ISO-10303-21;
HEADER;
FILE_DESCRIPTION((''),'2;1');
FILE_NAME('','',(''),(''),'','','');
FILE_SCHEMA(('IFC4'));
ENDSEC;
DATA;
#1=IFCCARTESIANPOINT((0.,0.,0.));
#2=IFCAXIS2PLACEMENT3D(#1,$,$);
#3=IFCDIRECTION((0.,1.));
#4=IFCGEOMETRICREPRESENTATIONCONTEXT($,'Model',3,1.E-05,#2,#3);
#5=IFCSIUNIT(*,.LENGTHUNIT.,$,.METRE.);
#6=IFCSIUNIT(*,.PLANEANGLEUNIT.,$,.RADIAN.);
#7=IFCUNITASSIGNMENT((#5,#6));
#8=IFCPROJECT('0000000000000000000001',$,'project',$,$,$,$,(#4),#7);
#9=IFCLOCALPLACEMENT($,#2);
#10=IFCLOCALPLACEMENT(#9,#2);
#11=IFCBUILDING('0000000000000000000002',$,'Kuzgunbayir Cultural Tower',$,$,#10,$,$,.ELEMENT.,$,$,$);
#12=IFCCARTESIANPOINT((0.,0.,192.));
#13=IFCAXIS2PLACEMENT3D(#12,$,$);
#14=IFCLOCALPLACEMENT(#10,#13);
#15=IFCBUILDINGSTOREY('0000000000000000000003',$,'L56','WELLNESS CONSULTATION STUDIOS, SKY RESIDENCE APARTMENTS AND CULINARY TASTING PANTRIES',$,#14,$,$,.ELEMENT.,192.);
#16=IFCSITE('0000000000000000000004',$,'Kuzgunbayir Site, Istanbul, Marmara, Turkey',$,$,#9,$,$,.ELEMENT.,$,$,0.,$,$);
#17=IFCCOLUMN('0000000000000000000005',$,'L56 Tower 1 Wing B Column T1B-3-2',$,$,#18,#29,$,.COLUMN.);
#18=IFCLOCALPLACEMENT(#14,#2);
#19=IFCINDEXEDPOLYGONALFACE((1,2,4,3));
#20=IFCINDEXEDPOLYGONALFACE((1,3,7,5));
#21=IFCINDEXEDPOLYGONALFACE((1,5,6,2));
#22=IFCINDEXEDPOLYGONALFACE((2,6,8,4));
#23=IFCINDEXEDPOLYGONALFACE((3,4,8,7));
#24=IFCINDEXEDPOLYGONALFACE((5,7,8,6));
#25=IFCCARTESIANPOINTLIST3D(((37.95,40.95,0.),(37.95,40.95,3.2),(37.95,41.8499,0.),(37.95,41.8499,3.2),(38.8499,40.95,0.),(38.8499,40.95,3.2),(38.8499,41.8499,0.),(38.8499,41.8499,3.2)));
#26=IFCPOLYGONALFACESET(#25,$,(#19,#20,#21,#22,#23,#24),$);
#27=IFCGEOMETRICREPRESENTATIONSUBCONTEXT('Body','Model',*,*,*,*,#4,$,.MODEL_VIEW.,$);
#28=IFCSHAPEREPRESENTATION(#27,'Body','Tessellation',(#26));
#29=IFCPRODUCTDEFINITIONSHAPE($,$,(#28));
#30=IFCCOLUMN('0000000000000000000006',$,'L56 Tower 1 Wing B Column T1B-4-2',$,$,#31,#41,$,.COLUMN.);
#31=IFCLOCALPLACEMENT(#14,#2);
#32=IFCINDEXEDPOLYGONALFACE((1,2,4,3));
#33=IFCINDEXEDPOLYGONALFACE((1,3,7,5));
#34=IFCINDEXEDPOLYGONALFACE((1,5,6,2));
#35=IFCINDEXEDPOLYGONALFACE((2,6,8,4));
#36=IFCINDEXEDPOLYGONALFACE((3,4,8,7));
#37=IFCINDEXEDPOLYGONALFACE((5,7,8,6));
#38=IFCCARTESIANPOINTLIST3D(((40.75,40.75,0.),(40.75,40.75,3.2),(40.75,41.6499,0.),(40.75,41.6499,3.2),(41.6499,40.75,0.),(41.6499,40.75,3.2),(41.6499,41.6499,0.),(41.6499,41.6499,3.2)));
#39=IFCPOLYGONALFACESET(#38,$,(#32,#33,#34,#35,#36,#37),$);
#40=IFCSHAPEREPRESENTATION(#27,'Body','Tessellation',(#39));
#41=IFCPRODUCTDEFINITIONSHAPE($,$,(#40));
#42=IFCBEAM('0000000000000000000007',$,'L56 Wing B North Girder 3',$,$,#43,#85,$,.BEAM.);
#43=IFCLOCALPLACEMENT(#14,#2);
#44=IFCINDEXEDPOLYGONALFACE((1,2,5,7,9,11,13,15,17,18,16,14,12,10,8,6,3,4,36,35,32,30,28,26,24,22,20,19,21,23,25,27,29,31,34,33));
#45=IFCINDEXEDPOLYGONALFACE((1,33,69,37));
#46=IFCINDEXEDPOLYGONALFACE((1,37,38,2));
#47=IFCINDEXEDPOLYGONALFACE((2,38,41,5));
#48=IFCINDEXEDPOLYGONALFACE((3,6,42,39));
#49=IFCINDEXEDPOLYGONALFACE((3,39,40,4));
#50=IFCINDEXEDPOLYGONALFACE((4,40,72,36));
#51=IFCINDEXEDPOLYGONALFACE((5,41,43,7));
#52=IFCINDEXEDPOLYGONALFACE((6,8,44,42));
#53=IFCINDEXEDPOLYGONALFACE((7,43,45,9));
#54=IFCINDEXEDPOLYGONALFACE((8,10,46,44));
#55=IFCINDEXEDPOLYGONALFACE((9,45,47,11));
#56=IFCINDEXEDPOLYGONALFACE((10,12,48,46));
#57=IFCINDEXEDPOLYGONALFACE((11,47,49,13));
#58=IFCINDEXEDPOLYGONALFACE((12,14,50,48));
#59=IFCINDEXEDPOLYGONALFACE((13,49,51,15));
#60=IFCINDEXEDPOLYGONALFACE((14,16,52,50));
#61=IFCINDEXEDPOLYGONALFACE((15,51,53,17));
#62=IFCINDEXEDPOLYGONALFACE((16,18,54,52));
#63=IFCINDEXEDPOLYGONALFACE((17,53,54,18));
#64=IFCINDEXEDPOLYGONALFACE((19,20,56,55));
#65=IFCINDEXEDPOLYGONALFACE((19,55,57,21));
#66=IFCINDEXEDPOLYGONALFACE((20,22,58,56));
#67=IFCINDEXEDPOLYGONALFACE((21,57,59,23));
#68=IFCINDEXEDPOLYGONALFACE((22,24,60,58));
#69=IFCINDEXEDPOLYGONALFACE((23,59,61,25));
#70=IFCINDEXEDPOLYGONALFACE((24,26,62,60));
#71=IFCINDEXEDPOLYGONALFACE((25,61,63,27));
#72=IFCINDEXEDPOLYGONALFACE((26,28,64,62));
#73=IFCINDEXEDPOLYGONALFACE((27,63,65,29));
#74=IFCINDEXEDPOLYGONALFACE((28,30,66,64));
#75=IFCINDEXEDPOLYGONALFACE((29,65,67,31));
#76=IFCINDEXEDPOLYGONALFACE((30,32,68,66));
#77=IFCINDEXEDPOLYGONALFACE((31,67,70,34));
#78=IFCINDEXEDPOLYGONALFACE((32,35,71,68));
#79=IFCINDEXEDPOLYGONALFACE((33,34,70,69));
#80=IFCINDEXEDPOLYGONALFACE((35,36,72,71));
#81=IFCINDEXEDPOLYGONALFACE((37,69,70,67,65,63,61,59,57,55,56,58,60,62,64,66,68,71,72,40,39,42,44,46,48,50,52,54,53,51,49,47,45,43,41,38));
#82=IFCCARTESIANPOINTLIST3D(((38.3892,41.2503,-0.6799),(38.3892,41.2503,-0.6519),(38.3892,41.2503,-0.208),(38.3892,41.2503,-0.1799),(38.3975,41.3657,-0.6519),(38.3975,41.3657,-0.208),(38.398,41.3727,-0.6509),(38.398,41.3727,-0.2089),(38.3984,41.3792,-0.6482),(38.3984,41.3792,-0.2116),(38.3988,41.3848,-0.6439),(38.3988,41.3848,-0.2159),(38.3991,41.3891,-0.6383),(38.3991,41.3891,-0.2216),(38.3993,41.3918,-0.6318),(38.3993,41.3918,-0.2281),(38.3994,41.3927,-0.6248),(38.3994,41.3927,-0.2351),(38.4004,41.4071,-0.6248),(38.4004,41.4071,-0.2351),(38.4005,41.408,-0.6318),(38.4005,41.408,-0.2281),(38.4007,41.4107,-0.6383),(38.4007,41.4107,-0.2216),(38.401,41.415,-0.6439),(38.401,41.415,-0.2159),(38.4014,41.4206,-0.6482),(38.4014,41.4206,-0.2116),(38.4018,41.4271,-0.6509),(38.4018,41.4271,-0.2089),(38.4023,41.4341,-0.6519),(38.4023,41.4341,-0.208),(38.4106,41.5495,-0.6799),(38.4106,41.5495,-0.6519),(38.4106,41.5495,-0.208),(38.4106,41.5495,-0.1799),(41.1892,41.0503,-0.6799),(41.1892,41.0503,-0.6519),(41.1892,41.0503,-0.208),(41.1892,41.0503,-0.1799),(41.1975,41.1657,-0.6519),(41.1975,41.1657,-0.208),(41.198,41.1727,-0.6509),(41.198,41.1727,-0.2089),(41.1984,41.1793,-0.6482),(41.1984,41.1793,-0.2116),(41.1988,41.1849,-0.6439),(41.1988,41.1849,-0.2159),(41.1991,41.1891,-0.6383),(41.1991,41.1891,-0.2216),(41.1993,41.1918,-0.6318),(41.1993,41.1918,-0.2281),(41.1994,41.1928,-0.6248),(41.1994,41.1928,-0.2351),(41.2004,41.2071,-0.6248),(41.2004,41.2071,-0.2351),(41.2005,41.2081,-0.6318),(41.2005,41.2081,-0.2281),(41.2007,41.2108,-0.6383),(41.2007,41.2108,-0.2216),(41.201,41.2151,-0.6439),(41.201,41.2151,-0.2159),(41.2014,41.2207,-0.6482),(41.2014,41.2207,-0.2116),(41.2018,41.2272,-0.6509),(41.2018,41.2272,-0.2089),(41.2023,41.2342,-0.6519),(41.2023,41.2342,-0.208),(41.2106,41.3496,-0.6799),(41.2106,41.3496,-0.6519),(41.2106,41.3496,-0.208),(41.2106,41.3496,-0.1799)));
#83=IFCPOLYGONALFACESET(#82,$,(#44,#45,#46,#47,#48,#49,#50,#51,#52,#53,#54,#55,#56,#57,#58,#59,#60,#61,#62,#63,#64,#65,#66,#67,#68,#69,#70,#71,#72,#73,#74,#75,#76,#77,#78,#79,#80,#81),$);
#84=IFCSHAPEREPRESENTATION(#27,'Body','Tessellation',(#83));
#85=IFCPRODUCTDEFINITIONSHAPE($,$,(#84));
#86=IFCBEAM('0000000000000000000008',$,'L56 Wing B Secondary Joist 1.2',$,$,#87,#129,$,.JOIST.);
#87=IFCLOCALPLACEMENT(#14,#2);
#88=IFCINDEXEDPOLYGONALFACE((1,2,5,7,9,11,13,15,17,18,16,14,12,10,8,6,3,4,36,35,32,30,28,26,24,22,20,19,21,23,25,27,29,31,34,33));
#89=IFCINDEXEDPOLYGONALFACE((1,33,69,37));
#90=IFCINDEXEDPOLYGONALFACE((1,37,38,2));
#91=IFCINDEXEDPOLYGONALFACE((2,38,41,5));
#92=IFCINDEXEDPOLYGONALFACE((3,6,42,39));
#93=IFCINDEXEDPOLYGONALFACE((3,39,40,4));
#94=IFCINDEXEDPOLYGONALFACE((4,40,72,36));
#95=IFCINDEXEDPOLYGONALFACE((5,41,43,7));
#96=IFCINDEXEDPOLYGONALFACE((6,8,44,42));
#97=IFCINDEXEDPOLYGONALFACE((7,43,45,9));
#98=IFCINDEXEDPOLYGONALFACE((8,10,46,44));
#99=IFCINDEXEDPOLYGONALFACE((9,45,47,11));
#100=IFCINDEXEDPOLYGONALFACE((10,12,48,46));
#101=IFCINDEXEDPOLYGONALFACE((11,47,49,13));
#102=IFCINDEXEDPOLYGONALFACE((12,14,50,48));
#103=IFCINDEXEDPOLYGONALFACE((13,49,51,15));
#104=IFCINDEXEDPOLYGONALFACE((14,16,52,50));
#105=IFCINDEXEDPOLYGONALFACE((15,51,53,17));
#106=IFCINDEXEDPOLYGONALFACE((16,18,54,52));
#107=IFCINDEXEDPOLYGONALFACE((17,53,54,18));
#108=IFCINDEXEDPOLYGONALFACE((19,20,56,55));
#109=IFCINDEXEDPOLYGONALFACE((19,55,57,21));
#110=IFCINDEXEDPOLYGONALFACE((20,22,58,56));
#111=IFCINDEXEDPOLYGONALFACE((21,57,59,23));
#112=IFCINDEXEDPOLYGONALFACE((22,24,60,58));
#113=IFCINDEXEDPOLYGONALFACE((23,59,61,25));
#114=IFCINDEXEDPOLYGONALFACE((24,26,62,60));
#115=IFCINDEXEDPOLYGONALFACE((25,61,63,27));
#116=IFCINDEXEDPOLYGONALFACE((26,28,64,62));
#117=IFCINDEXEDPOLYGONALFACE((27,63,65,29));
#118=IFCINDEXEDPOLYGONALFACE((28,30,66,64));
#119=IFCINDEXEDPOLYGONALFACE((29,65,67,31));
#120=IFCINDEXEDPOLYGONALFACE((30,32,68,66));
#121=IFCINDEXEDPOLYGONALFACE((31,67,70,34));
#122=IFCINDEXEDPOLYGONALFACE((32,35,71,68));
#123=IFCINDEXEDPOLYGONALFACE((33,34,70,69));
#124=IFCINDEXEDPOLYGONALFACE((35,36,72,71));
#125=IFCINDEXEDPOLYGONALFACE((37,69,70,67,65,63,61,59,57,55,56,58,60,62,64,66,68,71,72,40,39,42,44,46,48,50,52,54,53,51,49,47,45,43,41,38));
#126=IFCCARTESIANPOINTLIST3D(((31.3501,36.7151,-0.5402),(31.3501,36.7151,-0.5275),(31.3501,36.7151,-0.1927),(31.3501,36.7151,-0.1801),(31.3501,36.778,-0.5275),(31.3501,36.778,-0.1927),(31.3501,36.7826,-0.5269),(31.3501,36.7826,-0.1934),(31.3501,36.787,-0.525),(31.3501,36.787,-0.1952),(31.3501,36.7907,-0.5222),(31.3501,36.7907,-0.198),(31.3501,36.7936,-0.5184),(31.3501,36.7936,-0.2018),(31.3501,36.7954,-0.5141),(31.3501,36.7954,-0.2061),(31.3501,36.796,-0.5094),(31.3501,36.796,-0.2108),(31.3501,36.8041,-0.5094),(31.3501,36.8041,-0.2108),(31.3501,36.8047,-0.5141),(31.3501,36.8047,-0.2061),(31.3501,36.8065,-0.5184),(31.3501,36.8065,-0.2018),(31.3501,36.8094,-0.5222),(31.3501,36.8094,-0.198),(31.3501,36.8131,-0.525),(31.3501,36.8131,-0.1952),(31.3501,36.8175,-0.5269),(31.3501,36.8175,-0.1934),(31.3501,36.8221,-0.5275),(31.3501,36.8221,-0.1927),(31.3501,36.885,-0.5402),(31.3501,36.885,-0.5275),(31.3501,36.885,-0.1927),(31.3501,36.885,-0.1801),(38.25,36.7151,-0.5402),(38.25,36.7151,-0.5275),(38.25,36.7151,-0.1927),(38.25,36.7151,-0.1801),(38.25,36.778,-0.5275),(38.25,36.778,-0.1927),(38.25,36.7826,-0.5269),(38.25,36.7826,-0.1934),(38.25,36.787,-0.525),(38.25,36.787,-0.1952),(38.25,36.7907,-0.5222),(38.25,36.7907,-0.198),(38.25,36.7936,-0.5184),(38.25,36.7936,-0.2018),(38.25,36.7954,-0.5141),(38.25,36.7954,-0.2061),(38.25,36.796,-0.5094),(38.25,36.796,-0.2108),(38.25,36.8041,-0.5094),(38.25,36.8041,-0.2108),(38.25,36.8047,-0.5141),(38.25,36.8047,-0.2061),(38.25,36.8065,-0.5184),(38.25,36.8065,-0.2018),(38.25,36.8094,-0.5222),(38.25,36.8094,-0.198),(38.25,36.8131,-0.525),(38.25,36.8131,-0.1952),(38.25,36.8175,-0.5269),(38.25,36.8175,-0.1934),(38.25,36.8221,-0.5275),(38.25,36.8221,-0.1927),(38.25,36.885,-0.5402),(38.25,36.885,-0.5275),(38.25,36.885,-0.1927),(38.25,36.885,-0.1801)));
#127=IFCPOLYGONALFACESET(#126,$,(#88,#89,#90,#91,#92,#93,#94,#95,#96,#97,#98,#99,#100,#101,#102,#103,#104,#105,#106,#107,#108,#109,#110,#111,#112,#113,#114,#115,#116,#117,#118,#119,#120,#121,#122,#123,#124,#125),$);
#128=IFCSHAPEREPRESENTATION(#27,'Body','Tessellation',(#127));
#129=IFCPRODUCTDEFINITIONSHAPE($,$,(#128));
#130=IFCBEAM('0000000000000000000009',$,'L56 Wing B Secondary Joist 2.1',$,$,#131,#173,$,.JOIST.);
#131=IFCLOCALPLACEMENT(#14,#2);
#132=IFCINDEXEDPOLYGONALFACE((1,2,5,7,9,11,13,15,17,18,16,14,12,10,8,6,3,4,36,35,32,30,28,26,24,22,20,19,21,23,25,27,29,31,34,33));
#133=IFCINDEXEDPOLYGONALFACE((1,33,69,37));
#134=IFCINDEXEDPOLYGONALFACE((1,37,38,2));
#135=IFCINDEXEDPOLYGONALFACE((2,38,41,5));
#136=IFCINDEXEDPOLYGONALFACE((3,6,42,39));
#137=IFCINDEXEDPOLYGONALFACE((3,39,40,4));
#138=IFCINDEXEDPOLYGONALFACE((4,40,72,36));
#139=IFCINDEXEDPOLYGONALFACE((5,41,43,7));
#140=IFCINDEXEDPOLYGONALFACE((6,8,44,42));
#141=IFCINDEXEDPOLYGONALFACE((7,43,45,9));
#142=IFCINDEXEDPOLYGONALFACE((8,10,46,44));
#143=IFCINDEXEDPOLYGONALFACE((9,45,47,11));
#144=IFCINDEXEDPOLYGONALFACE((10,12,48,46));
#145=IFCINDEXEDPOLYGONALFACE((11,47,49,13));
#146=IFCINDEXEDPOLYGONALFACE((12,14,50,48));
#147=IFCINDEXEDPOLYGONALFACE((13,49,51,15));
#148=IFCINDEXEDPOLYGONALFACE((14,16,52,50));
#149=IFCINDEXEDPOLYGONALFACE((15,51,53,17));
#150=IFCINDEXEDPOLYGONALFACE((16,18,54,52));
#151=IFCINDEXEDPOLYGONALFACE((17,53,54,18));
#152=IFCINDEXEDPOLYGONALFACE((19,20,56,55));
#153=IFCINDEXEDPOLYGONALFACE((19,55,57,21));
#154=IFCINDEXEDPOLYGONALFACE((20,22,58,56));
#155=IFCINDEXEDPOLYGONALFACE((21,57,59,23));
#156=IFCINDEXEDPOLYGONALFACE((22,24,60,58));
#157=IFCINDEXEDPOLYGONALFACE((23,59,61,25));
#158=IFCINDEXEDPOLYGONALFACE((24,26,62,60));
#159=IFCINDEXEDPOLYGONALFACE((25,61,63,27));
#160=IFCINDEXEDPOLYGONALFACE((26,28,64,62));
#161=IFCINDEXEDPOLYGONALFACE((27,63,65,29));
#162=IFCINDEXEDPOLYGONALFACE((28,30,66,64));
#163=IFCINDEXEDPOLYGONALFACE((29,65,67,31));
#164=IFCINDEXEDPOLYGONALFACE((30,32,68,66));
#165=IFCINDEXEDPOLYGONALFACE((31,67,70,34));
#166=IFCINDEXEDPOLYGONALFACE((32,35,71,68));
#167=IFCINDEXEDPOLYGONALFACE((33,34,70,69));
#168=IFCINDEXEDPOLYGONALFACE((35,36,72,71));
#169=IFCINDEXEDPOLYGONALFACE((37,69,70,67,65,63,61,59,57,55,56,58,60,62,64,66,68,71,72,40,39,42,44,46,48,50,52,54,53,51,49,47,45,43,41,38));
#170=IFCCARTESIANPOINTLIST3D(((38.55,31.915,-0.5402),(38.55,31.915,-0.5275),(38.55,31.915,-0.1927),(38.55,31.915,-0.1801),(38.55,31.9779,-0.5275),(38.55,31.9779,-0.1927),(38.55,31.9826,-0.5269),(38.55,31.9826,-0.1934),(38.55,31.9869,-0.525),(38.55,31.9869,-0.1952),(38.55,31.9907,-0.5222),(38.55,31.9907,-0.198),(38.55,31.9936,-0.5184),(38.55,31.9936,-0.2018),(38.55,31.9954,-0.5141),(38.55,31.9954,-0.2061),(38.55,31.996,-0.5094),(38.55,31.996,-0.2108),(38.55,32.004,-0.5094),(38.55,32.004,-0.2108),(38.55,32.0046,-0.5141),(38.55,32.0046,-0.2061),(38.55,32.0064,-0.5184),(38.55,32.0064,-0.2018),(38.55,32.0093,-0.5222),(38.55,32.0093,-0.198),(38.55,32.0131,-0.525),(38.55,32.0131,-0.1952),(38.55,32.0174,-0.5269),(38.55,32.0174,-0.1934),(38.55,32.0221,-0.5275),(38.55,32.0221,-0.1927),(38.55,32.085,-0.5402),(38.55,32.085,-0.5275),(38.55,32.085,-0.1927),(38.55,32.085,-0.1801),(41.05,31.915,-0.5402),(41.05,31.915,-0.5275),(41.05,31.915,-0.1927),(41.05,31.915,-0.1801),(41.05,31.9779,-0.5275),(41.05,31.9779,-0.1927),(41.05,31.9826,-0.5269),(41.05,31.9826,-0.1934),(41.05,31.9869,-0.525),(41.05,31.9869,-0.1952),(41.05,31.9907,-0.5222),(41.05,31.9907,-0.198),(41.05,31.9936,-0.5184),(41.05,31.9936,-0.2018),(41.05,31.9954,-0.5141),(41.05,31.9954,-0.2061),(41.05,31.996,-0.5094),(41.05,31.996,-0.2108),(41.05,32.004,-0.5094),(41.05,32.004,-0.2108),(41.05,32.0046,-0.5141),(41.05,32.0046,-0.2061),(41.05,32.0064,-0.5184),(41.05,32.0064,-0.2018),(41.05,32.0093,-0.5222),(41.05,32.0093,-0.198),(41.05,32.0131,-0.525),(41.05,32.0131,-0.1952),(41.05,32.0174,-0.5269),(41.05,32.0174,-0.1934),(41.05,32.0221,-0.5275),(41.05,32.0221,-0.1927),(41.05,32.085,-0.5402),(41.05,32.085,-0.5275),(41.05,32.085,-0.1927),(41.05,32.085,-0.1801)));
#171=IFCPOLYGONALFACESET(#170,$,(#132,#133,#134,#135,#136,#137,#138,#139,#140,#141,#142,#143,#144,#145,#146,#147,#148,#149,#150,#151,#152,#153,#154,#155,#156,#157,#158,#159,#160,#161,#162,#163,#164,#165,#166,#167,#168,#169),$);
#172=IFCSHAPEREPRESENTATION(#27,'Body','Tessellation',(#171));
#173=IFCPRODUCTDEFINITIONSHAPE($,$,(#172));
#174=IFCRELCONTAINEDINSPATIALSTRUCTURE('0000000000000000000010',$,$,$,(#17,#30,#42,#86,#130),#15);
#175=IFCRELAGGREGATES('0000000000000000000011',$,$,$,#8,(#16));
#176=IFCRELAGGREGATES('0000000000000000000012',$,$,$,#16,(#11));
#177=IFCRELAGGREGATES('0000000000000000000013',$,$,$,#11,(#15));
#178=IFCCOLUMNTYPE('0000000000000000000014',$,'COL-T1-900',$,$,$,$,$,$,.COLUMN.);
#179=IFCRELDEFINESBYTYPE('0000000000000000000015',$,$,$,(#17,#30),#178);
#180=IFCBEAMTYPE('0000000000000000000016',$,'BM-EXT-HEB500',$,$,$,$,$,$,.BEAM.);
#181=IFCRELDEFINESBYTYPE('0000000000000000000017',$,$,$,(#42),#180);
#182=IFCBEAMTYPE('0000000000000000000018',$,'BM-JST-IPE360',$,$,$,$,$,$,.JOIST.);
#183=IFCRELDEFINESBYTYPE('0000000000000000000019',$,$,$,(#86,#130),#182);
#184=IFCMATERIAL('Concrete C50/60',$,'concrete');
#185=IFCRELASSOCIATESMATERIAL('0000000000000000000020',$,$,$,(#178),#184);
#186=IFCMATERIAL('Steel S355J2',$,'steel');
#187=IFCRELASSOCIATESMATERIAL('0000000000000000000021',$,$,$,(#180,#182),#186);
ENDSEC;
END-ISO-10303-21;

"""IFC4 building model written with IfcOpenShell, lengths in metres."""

from ifc_helpers import new_model, si_unit, direction, frame, origin, origin_2d, place, context, subcontext, project, spatial, rectangle, i_section, extrude, material, material_profile, profile_set, type_object, element, save


model = new_model("IFC4")

# Units and contexts
model_context = context("Model", 3, precision=1e-05, world=origin(), true_north=direction((0.0, 1.0)))
body_context = subcontext(model_context, "Body", "Model", "MODEL_VIEW")
ifc_project = project(units=[si_unit("LENGTHUNIT", "METRE"), si_unit("PLANEANGLEUNIT", "RADIAN")], contexts=[model_context])

# Site, building, storey
site_placement = place(None, origin())
site = spatial("IfcSite", under=ifc_project, at=site_placement, Name="Kuzgunbayir Site, Istanbul, Marmara, Turkey", CompositionType="ELEMENT", RefElevation=0.0)
building_placement = place(site_placement, origin())
building = spatial("IfcBuilding", under=site, at=building_placement, Name="Kuzgunbayir Cultural Tower", CompositionType="ELEMENT")
storey_placement = place(building_placement, frame((0.0, 0.0, 192.0)))
storey = spatial("IfcBuildingStorey", under=building, at=storey_placement, Name="L56", Description="WELLNESS CONSULTATION STUDIOS, SKY RESIDENCE APARTMENTS AND CULINARY TASTING PANTRIES", CompositionType="ELEMENT", Elevation=192.0)

# Columns
ifc_material_1 = material(Name="Concrete C50/60", Category="concrete")
ifc_material_profile_1 = material_profile(ifc_material_1, rectangle(XDim=0.8999, YDim=0.8999, at=origin_2d()), Name="RC 900x900")
ifc_profile_set_1 = profile_set([ifc_material_profile_1], Name="Concrete C50/60")
column_type = type_object("IfcColumnType", Name="COL-T1-900", PredefinedType="COLUMN", material=ifc_profile_set_1)
for number, where, z_axis, x_axis, name in (
    (1, (38.3999, 41.3999, 0.0), (0.0, 0.0, 1.0), (1.0, 0.0, 0.0), "L56 Tower 1 Wing B Column T1B-3-2"),
    (2, (41.2, 41.2, 0.0), (0.0, 0.0, 1.0), (1.0, 0.0, 0.0), "L56 Tower 1 Wing B Column T1B-4-2"),
):
    element("IfcColumn", number, at=place(storey_placement, frame(where, z_axis=z_axis, x_axis=x_axis)), inside=storey, type_object=column_type, Name=name, PredefinedType="COLUMN", context=body_context, shape_type="SweptSolid", body=[
        extrude(rectangle(XDim=0.8999, YDim=0.8999, at=origin_2d()), origin(), (0.0, 0.0, 1.0), 3.2),
    ])

# Beams
ifc_material_2 = material(Name="Steel S355J2", Category="steel")
ifc_material_profile_2 = material_profile(ifc_material_2, i_section(OverallWidth=0.3, OverallDepth=0.5, WebThickness=0.0144, FlangeThickness=0.0281, FilletRadius=0.0271, at=origin_2d()), Name="HEB 500")
ifc_profile_set_2 = profile_set([ifc_material_profile_2], Name="Steel S355J2")
beam_type_1 = type_object("IfcBeamType", Name="BM-EXT-HEB500", PredefinedType="BEAM", material=ifc_profile_set_2)
beam_1_placement = place(storey_placement, frame((38.3999, 41.3999, -0.4299), z_axis=(0.99746, -0.071229, 0.0), x_axis=(0.071229, 0.99746, 0.0)))
element("IfcBeam", 3, at=beam_1_placement, inside=storey, type_object=beam_type_1, Name="L56 Wing B North Girder 3", PredefinedType="BEAM", context=body_context, shape_type="SweptSolid", body=[
    extrude(i_section(OverallWidth=0.3, OverallDepth=0.5, WebThickness=0.0144, FlangeThickness=0.0281, FilletRadius=0.0271, at=origin_2d()), origin(), (0.0, 0.0, 1.0), 2.8071),
])
ifc_material_profile_3 = material_profile(ifc_material_2, i_section(OverallWidth=0.1699, OverallDepth=0.3601, WebThickness=0.0081, FlangeThickness=0.0127, FilletRadius=0.0181, at=origin_2d()), Name="IPE 360")
ifc_profile_set_3 = profile_set([ifc_material_profile_3], Name="Steel S355J2")
beam_type_2 = type_object("IfcBeamType", Name="BM-JST-IPE360", PredefinedType="JOIST", material=ifc_profile_set_3)
beam_2_placement = place(storey_placement, frame((31.3501, 36.8, -0.3601), z_axis=(1.0, 0.0, 0.0), x_axis=(0.0, 1.0, 0.0)))
element("IfcBeam", 4, at=beam_2_placement, inside=storey, type_object=beam_type_2, Name="L56 Wing B Secondary Joist 1.2", PredefinedType="JOIST", context=body_context, shape_type="SweptSolid", body=[
    extrude(i_section(OverallWidth=0.1699, OverallDepth=0.3601, WebThickness=0.0081, FlangeThickness=0.0127, FilletRadius=0.0181, at=origin_2d()), origin(), (0.0, 0.0, 1.0), 6.8999),
])
for number, where, z_axis, x_axis, name in (
    (5, (38.55, 32.0, -0.3601), (1.0, 0.0, 0.0), (0.0, 1.0, 0.0), "L56 Wing B Secondary Joist 2.1"),
):
    element("IfcBeam", number, at=place(storey_placement, frame(where, z_axis=z_axis, x_axis=x_axis)), inside=storey, type_object=beam_type_2, Name=name, PredefinedType="JOIST", context=body_context, shape_type="SweptSolid", body=[
        extrude(i_section(OverallWidth=0.1699, OverallDepth=0.3601, WebThickness=0.0081, FlangeThickness=0.0127, FilletRadius=0.0181, at=origin_2d()), origin(), (0.0, 0.0, 1.0), 2.5),
    ])

save(model, "model.ifc")
